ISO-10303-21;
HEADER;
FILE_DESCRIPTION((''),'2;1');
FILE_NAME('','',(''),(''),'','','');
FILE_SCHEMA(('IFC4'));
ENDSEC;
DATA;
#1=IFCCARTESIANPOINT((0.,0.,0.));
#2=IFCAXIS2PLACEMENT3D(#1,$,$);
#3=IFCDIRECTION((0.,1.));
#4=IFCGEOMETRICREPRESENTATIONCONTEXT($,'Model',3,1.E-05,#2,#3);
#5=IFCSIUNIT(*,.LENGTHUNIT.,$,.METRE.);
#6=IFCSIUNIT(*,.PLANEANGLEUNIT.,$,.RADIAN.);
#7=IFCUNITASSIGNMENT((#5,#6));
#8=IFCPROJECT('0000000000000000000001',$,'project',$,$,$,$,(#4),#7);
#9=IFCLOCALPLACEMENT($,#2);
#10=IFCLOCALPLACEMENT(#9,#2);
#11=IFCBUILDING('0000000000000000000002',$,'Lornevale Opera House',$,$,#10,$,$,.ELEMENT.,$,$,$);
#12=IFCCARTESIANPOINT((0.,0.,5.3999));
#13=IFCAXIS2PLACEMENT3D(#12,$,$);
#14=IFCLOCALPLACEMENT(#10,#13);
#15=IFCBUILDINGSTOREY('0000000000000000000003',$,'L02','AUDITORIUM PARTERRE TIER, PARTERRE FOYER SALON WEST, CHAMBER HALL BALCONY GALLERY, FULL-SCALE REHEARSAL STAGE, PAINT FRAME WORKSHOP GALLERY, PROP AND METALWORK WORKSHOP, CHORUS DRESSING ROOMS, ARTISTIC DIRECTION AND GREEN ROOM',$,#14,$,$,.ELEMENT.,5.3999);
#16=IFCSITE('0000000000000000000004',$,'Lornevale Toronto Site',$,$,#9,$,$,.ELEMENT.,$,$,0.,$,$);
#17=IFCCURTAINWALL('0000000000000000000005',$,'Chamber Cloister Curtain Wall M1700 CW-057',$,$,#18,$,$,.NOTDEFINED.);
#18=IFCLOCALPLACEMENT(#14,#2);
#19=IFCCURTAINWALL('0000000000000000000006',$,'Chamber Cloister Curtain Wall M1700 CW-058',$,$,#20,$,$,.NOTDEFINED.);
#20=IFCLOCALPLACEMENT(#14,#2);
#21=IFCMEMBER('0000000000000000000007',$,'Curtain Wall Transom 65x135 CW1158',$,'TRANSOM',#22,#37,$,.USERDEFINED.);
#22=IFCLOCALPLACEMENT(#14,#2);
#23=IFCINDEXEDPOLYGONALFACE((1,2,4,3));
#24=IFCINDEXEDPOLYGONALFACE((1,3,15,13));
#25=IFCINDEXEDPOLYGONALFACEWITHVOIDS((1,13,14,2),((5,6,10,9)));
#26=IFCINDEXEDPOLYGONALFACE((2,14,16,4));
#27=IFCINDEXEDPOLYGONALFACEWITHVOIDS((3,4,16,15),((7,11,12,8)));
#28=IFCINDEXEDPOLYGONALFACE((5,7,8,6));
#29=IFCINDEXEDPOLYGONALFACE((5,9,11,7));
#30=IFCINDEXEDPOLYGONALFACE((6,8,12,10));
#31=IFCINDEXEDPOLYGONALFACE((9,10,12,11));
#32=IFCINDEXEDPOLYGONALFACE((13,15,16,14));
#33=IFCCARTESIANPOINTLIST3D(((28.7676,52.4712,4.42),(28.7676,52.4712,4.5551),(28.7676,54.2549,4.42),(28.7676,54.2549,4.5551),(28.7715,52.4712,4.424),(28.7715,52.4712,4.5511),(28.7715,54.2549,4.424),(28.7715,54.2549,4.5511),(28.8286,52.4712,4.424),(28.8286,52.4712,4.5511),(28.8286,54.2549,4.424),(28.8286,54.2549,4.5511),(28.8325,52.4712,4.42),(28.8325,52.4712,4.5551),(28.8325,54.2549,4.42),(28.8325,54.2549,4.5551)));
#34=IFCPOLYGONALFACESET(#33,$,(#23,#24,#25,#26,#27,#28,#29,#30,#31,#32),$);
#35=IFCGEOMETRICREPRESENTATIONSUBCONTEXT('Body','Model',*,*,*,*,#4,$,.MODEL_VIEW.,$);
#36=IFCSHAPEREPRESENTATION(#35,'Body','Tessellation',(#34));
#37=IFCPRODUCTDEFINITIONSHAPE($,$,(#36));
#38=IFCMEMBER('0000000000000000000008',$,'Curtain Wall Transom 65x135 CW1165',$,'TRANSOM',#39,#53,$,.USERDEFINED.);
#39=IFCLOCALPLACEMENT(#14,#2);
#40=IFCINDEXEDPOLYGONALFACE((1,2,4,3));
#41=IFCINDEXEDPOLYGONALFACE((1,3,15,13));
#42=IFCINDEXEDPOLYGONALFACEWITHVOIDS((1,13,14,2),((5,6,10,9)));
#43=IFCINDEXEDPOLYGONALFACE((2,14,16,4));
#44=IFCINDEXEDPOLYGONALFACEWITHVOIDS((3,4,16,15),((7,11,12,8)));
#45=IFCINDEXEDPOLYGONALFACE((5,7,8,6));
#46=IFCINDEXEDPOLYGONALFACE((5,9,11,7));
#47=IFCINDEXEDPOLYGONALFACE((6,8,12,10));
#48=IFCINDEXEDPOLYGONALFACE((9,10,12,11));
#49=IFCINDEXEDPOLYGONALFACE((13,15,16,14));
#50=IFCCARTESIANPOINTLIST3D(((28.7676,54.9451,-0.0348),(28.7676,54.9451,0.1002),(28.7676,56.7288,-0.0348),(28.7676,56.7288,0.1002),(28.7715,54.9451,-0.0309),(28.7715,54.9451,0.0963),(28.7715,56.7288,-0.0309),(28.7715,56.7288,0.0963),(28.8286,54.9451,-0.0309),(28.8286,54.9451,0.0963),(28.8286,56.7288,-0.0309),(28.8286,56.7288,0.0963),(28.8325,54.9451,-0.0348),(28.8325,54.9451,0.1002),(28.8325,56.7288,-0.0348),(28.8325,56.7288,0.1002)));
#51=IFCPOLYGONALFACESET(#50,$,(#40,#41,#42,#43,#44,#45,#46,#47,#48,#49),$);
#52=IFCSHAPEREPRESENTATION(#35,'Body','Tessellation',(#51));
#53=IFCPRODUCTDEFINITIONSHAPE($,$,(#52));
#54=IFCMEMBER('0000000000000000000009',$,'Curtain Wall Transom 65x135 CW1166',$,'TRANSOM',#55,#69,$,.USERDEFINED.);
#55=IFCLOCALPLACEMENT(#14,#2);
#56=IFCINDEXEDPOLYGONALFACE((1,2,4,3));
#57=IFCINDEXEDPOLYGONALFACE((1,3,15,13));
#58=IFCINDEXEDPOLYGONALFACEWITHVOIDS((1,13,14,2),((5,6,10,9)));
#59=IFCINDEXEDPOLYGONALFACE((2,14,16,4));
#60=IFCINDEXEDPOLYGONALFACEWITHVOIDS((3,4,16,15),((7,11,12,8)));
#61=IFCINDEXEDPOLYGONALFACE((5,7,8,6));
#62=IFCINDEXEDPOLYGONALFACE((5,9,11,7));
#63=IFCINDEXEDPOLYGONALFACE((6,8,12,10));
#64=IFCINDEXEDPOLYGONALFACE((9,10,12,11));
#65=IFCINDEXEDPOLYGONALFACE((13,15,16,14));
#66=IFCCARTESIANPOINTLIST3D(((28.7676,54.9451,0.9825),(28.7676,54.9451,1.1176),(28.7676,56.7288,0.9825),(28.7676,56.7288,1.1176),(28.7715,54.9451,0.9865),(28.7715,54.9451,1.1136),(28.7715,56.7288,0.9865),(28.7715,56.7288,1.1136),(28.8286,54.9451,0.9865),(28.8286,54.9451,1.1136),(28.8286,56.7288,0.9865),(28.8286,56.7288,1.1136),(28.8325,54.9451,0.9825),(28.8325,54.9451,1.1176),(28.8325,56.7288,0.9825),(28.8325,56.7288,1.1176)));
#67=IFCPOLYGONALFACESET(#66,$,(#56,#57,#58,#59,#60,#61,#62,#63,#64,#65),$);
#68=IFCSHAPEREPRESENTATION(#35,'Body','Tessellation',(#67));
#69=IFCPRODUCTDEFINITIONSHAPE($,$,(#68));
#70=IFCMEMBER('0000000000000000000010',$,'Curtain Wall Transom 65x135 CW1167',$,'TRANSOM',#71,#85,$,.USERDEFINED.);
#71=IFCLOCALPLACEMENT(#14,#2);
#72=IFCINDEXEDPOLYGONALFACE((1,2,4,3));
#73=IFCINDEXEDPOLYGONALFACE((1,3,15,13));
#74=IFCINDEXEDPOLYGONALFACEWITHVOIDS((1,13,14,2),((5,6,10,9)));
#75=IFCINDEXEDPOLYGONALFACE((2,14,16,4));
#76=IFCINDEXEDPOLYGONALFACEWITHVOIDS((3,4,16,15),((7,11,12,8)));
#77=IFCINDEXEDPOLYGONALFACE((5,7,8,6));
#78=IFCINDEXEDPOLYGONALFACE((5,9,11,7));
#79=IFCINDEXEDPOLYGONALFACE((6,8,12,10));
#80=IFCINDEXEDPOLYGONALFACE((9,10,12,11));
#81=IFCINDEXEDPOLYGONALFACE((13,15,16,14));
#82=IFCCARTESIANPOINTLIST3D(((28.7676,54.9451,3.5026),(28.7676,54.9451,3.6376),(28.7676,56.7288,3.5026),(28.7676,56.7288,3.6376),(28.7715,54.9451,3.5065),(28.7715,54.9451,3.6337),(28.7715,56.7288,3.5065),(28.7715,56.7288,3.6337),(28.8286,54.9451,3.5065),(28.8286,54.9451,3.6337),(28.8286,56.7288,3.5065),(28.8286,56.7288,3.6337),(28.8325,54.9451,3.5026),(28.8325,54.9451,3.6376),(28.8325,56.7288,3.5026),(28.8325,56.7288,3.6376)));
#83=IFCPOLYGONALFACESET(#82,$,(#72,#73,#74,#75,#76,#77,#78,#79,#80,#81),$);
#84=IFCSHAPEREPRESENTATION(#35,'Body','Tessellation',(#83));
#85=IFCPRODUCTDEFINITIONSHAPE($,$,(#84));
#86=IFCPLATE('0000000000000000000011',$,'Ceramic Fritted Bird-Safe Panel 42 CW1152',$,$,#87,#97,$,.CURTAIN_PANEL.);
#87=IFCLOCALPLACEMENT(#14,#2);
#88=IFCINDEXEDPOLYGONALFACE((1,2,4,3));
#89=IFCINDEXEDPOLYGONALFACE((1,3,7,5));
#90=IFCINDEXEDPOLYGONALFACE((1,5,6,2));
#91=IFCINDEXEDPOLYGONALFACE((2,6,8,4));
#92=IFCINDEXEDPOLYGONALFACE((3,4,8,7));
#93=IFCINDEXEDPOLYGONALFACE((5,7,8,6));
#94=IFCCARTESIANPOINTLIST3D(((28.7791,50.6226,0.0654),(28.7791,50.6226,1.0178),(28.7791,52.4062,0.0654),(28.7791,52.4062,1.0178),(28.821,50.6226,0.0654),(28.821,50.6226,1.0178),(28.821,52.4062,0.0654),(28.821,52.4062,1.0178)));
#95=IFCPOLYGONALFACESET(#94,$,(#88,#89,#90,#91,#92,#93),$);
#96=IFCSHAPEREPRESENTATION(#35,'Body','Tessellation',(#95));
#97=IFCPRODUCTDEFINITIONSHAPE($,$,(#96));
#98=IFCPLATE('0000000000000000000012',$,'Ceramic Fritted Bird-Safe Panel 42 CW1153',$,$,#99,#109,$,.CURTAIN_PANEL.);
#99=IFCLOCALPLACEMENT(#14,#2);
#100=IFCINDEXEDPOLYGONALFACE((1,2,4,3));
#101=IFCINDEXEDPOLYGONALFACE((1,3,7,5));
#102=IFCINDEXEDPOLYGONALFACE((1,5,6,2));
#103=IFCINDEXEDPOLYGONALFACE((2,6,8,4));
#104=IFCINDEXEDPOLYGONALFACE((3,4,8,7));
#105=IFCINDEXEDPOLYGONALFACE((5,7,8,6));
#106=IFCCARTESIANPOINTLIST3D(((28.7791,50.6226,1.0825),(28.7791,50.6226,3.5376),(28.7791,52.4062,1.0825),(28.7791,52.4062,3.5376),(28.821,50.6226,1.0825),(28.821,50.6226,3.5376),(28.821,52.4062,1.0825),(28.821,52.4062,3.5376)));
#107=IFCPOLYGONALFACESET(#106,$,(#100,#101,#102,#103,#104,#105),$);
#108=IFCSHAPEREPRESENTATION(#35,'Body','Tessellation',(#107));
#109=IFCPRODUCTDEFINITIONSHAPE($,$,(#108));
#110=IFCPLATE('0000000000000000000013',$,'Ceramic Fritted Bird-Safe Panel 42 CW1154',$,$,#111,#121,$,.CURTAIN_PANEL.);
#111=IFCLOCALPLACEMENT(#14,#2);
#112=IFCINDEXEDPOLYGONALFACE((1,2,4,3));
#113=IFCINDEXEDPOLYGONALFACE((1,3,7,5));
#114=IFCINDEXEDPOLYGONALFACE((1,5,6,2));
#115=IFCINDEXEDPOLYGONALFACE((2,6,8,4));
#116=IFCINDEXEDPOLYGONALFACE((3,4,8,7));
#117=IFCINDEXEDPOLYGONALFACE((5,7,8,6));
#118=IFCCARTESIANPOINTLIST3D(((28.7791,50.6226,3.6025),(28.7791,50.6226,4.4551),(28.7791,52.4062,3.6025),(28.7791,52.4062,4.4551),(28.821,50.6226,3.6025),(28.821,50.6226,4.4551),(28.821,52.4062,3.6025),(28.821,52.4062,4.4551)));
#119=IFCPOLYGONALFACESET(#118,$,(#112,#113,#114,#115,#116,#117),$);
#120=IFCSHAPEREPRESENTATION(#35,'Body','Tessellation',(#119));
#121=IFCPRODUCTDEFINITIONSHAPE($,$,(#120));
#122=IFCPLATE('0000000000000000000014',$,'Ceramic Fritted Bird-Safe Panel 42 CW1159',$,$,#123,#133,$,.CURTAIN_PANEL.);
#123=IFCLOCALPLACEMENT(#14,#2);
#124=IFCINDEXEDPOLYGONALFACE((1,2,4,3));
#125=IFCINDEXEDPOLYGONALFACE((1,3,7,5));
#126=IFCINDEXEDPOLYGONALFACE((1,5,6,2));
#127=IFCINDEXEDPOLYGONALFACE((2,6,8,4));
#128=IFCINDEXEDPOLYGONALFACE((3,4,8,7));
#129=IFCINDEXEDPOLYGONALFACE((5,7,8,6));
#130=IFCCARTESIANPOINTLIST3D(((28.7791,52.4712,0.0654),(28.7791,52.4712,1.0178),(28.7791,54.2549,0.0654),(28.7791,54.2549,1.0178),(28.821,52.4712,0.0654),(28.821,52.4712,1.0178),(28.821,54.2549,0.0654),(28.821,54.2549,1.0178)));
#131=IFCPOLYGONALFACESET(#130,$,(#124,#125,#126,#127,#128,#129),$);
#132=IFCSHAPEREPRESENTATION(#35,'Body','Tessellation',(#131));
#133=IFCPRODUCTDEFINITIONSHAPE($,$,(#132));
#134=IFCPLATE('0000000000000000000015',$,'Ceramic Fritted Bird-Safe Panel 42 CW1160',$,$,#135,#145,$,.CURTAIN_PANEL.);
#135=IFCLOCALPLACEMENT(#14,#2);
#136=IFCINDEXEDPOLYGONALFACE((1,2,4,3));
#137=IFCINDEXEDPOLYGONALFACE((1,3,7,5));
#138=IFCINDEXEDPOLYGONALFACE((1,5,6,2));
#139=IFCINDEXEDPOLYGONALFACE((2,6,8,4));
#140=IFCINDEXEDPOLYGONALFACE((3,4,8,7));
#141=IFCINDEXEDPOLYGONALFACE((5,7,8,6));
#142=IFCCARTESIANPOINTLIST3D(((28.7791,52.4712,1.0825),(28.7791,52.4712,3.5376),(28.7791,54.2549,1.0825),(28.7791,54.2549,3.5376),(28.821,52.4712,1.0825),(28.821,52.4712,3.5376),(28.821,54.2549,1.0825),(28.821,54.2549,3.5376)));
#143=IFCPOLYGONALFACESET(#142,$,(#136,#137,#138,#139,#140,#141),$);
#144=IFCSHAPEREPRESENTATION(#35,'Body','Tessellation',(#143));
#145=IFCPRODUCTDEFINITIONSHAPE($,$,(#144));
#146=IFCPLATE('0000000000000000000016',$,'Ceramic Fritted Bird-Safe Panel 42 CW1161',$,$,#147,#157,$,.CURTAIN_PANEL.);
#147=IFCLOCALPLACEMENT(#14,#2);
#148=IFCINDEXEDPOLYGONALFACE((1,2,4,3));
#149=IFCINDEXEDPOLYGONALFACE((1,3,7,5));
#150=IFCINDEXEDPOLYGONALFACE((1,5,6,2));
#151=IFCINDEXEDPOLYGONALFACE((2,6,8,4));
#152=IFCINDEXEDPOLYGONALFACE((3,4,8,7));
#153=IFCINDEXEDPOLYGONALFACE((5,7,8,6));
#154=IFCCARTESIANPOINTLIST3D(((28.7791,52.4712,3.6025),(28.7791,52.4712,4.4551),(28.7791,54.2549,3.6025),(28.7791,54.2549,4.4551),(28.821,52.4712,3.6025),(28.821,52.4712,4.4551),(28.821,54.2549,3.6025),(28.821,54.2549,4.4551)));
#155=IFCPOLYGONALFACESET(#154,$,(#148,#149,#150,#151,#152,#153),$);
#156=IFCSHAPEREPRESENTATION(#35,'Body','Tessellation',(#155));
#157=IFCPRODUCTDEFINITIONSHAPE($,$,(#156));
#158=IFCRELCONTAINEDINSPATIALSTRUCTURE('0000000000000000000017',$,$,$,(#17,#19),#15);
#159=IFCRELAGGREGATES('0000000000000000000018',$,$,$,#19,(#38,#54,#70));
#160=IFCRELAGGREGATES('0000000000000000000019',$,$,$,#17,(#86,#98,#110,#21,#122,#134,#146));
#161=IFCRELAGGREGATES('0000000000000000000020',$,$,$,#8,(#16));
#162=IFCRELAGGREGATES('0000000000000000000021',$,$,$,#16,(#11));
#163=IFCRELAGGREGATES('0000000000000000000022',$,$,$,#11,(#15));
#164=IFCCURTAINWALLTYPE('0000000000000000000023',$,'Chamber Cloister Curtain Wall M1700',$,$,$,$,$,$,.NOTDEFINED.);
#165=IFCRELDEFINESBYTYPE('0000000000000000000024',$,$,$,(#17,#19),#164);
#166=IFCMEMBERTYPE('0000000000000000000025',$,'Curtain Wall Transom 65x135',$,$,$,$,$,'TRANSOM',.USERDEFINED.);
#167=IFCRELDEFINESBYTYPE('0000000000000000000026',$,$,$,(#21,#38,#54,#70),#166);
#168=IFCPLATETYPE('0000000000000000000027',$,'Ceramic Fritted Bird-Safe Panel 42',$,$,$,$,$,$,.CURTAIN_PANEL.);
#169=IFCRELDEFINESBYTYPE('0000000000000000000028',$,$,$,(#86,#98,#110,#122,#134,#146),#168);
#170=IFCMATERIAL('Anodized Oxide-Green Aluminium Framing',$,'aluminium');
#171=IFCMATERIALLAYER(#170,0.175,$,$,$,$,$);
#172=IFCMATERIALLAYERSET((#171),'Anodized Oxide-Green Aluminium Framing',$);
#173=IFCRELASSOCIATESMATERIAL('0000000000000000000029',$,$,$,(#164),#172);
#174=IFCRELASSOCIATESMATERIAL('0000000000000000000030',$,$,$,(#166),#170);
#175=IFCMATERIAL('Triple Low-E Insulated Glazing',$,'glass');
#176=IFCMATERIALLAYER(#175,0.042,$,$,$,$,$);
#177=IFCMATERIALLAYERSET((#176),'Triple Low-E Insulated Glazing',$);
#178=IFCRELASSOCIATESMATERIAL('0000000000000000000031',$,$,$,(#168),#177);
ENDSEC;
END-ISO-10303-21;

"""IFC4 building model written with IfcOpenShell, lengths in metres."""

from ifc_helpers import new_model, si_unit, direction, frame, origin, origin_2d, place, context, subcontext, project, spatial, rectangle, hollow_rectangle, extrude, material, layer, layer_set, material_profile, profile_set, type_object, element, aggregate, save


model = new_model("IFC4")

# Units and contexts
model_context = context("Model", 3, precision=1e-05, world=origin(), true_north=direction((0.0, 1.0)))
body_context = subcontext(model_context, "Body", "Model", "MODEL_VIEW")
ifc_project = project(units=[si_unit("LENGTHUNIT", "METRE"), si_unit("PLANEANGLEUNIT", "RADIAN")], contexts=[model_context])

# Site, building, storey
site_placement = place(None, origin())
site = spatial("IfcSite", under=ifc_project, at=site_placement, Name="Lornevale Toronto Site", CompositionType="ELEMENT", RefElevation=0.0)
building_placement = place(site_placement, origin())
building = spatial("IfcBuilding", under=site, at=building_placement, Name="Lornevale Opera House", CompositionType="ELEMENT")
storey_placement = place(building_placement, frame((0.0, 0.0, 5.3999)))
storey = spatial("IfcBuildingStorey", under=building, at=storey_placement, Name="L02", Description="AUDITORIUM PARTERRE TIER, PARTERRE FOYER SALON WEST, CHAMBER HALL BALCONY GALLERY, FULL-SCALE REHEARSAL STAGE, PAINT FRAME WORKSHOP GALLERY, PROP AND METALWORK WORKSHOP, CHORUS DRESSING ROOMS, ARTISTIC DIRECTION AND GREEN ROOM", CompositionType="ELEMENT", Elevation=5.3999)

# Curtain wall
ifc_material_1 = material(Name="Anodized Oxide-Green Aluminium Framing", Category="aluminium")
ifc_layer_1 = layer(ifc_material_1, 0.175)
ifc_layer_set_1 = layer_set([ifc_layer_1], Name="Anodized Oxide-Green Aluminium Framing")
curtain_wall_type = type_object("IfcCurtainWallType", Name="Chamber Cloister Curtain Wall M1700", PredefinedType="NOTDEFINED", material=ifc_layer_set_1)
curtain_wall_1_placement = place(storey_placement, origin())
curtain_wall_1 = element("IfcCurtainWall", 1, at=curtain_wall_1_placement, inside=storey, type_object=curtain_wall_type, Name="Chamber Cloister Curtain Wall M1700 CW-057", PredefinedType="NOTDEFINED")

# Curtain wall
curtain_wall_2_placement = place(storey_placement, origin())
curtain_wall_2 = element("IfcCurtainWall", 2, at=curtain_wall_2_placement, inside=storey, type_object=curtain_wall_type, Name="Chamber Cloister Curtain Wall M1700 CW-058", PredefinedType="NOTDEFINED")

# Members
ifc_material_profile_1 = material_profile(ifc_material_1, hollow_rectangle(XDim=0.0649, YDim=0.135, WallThickness=0.0039, at=origin_2d()), Name="ALU65x135x4")
ifc_profile_set_1 = profile_set([ifc_material_profile_1], Name="Anodized Oxide-Green Aluminium Framing")
member_type_1 = type_object("IfcMemberType", Name="Curtain Wall Transom 65x135", ElementType="TRANSOM", PredefinedType="USERDEFINED", material=ifc_profile_set_1)
member_1_placement = place(storey_placement, frame((28.8, 52.4712, 4.4875), z_axis=(0.0, 1.0, 0.0), x_axis=(-1.0, 0.0, 0.0)))
member_1 = element("IfcMember", 3, at=member_1_placement, type_object=member_type_1, Name="Curtain Wall Transom 65x135 CW1158", ObjectType="TRANSOM", PredefinedType="USERDEFINED", context=body_context, shape_type="SweptSolid", body=[
    extrude(hollow_rectangle(XDim=0.0649, YDim=0.135, WallThickness=0.0039, at=origin_2d()), origin(), (0.0, 0.0, 1.0), 1.7837),
])
member_2_placement = place(storey_placement, frame((28.8, 54.9451, 0.0327), z_axis=(0.0, 1.0, 0.0), x_axis=(-1.0, 0.0, 0.0)))
member_2 = element("IfcMember", 4, at=member_2_placement, type_object=member_type_1, Name="Curtain Wall Transom 65x135 CW1165", ObjectType="TRANSOM", PredefinedType="USERDEFINED", context=body_context, shape_type="SweptSolid", body=[
    extrude(hollow_rectangle(XDim=0.0649, YDim=0.135, WallThickness=0.0039, at=origin_2d()), origin(), (0.0, 0.0, 1.0), 1.7837),
])
member_3_placement = place(storey_placement, frame((28.8, 54.9451, 1.05), z_axis=(0.0, 1.0, 0.0), x_axis=(-1.0, 0.0, 0.0)))
member_3 = element("IfcMember", 5, at=member_3_placement, type_object=member_type_1, Name="Curtain Wall Transom 65x135 CW1166", ObjectType="TRANSOM", PredefinedType="USERDEFINED", context=body_context, shape_type="SweptSolid", body=[
    extrude(hollow_rectangle(XDim=0.0649, YDim=0.135, WallThickness=0.0039, at=origin_2d()), origin(), (0.0, 0.0, 1.0), 1.7837),
])
member_4_placement = place(storey_placement, frame((28.8, 54.9451, 3.5701), z_axis=(0.0, 1.0, 0.0), x_axis=(-1.0, 0.0, 0.0)))
member_4 = element("IfcMember", 6, at=member_4_placement, type_object=member_type_1, Name="Curtain Wall Transom 65x135 CW1167", ObjectType="TRANSOM", PredefinedType="USERDEFINED", context=body_context, shape_type="SweptSolid", body=[
    extrude(hollow_rectangle(XDim=0.0649, YDim=0.135, WallThickness=0.0039, at=origin_2d()), origin(), (0.0, 0.0, 1.0), 1.7837),
])
aggregate(curtain_wall_2, [member_2, member_3, member_4])

# Plates
ifc_material_2 = material(Name="Triple Low-E Insulated Glazing", Category="glass")
ifc_layer_2 = layer(ifc_material_2, 0.042)
ifc_layer_set_2 = layer_set([ifc_layer_2], Name="Triple Low-E Insulated Glazing")
plate_type = type_object("IfcPlateType", Name="Ceramic Fritted Bird-Safe Panel 42", PredefinedType="CURTAIN_PANEL", material=ifc_layer_set_2)
plate_1_placement = place(storey_placement, frame((28.8, 51.5144, 0.0654), z_axis=(0.0, 0.0, 1.0), x_axis=(0.0, 1.0, 0.0)))
plate_1 = element("IfcPlate", 7, at=plate_1_placement, type_object=plate_type, Name="Ceramic Fritted Bird-Safe Panel 42 CW1152", PredefinedType="CURTAIN_PANEL", context=body_context, shape_type="SweptSolid", body=[
    extrude(rectangle(XDim=1.7837, YDim=0.042, at=origin_2d()), origin(), (0.0, 0.0, 1.0), 0.9524),
])
plate_2_placement = place(storey_placement, frame((28.8, 51.5144, 1.0825), z_axis=(0.0, 0.0, 1.0), x_axis=(0.0, 1.0, 0.0)))
plate_2 = element("IfcPlate", 8, at=plate_2_placement, type_object=plate_type, Name="Ceramic Fritted Bird-Safe Panel 42 CW1153", PredefinedType="CURTAIN_PANEL", context=body_context, shape_type="SweptSolid", body=[
    extrude(rectangle(XDim=1.7837, YDim=0.042, at=origin_2d()), origin(), (0.0, 0.0, 1.0), 2.4551),
])
plate_3_placement = place(storey_placement, frame((28.8, 51.5144, 3.6025), z_axis=(0.0, 0.0, 1.0), x_axis=(0.0, 1.0, 0.0)))
plate_3 = element("IfcPlate", 9, at=plate_3_placement, type_object=plate_type, Name="Ceramic Fritted Bird-Safe Panel 42 CW1154", PredefinedType="CURTAIN_PANEL", context=body_context, shape_type="SweptSolid", body=[
    extrude(rectangle(XDim=1.7837, YDim=0.042, at=origin_2d()), origin(), (0.0, 0.0, 1.0), 0.8525),
])
plate_4_placement = place(storey_placement, frame((28.8, 53.363, 0.0654), z_axis=(0.0, 0.0, 1.0), x_axis=(0.0, 1.0, 0.0)))
plate_4 = element("IfcPlate", 10, at=plate_4_placement, type_object=plate_type, Name="Ceramic Fritted Bird-Safe Panel 42 CW1159", PredefinedType="CURTAIN_PANEL", context=body_context, shape_type="SweptSolid", body=[
    extrude(rectangle(XDim=1.7837, YDim=0.042, at=origin_2d()), origin(), (0.0, 0.0, 1.0), 0.9524),
])
plate_5_placement = place(storey_placement, frame((28.8, 53.363, 1.0825), z_axis=(0.0, 0.0, 1.0), x_axis=(0.0, 1.0, 0.0)))
plate_5 = element("IfcPlate", 11, at=plate_5_placement, type_object=plate_type, Name="Ceramic Fritted Bird-Safe Panel 42 CW1160", PredefinedType="CURTAIN_PANEL", context=body_context, shape_type="SweptSolid", body=[
    extrude(rectangle(XDim=1.7837, YDim=0.042, at=origin_2d()), origin(), (0.0, 0.0, 1.0), 2.4551),
])
plate_6_placement = place(storey_placement, frame((28.8, 53.363, 3.6025), z_axis=(0.0, 0.0, 1.0), x_axis=(0.0, 1.0, 0.0)))
plate_6 = element("IfcPlate", 12, at=plate_6_placement, type_object=plate_type, Name="Ceramic Fritted Bird-Safe Panel 42 CW1161", PredefinedType="CURTAIN_PANEL", context=body_context, shape_type="SweptSolid", body=[
    extrude(rectangle(XDim=1.7837, YDim=0.042, at=origin_2d()), origin(), (0.0, 0.0, 1.0), 0.8525),
])
aggregate(curtain_wall_1, [plate_1, plate_2, plate_3, member_1, plate_4, plate_5, plate_6])

save(model, "model.ifc")
